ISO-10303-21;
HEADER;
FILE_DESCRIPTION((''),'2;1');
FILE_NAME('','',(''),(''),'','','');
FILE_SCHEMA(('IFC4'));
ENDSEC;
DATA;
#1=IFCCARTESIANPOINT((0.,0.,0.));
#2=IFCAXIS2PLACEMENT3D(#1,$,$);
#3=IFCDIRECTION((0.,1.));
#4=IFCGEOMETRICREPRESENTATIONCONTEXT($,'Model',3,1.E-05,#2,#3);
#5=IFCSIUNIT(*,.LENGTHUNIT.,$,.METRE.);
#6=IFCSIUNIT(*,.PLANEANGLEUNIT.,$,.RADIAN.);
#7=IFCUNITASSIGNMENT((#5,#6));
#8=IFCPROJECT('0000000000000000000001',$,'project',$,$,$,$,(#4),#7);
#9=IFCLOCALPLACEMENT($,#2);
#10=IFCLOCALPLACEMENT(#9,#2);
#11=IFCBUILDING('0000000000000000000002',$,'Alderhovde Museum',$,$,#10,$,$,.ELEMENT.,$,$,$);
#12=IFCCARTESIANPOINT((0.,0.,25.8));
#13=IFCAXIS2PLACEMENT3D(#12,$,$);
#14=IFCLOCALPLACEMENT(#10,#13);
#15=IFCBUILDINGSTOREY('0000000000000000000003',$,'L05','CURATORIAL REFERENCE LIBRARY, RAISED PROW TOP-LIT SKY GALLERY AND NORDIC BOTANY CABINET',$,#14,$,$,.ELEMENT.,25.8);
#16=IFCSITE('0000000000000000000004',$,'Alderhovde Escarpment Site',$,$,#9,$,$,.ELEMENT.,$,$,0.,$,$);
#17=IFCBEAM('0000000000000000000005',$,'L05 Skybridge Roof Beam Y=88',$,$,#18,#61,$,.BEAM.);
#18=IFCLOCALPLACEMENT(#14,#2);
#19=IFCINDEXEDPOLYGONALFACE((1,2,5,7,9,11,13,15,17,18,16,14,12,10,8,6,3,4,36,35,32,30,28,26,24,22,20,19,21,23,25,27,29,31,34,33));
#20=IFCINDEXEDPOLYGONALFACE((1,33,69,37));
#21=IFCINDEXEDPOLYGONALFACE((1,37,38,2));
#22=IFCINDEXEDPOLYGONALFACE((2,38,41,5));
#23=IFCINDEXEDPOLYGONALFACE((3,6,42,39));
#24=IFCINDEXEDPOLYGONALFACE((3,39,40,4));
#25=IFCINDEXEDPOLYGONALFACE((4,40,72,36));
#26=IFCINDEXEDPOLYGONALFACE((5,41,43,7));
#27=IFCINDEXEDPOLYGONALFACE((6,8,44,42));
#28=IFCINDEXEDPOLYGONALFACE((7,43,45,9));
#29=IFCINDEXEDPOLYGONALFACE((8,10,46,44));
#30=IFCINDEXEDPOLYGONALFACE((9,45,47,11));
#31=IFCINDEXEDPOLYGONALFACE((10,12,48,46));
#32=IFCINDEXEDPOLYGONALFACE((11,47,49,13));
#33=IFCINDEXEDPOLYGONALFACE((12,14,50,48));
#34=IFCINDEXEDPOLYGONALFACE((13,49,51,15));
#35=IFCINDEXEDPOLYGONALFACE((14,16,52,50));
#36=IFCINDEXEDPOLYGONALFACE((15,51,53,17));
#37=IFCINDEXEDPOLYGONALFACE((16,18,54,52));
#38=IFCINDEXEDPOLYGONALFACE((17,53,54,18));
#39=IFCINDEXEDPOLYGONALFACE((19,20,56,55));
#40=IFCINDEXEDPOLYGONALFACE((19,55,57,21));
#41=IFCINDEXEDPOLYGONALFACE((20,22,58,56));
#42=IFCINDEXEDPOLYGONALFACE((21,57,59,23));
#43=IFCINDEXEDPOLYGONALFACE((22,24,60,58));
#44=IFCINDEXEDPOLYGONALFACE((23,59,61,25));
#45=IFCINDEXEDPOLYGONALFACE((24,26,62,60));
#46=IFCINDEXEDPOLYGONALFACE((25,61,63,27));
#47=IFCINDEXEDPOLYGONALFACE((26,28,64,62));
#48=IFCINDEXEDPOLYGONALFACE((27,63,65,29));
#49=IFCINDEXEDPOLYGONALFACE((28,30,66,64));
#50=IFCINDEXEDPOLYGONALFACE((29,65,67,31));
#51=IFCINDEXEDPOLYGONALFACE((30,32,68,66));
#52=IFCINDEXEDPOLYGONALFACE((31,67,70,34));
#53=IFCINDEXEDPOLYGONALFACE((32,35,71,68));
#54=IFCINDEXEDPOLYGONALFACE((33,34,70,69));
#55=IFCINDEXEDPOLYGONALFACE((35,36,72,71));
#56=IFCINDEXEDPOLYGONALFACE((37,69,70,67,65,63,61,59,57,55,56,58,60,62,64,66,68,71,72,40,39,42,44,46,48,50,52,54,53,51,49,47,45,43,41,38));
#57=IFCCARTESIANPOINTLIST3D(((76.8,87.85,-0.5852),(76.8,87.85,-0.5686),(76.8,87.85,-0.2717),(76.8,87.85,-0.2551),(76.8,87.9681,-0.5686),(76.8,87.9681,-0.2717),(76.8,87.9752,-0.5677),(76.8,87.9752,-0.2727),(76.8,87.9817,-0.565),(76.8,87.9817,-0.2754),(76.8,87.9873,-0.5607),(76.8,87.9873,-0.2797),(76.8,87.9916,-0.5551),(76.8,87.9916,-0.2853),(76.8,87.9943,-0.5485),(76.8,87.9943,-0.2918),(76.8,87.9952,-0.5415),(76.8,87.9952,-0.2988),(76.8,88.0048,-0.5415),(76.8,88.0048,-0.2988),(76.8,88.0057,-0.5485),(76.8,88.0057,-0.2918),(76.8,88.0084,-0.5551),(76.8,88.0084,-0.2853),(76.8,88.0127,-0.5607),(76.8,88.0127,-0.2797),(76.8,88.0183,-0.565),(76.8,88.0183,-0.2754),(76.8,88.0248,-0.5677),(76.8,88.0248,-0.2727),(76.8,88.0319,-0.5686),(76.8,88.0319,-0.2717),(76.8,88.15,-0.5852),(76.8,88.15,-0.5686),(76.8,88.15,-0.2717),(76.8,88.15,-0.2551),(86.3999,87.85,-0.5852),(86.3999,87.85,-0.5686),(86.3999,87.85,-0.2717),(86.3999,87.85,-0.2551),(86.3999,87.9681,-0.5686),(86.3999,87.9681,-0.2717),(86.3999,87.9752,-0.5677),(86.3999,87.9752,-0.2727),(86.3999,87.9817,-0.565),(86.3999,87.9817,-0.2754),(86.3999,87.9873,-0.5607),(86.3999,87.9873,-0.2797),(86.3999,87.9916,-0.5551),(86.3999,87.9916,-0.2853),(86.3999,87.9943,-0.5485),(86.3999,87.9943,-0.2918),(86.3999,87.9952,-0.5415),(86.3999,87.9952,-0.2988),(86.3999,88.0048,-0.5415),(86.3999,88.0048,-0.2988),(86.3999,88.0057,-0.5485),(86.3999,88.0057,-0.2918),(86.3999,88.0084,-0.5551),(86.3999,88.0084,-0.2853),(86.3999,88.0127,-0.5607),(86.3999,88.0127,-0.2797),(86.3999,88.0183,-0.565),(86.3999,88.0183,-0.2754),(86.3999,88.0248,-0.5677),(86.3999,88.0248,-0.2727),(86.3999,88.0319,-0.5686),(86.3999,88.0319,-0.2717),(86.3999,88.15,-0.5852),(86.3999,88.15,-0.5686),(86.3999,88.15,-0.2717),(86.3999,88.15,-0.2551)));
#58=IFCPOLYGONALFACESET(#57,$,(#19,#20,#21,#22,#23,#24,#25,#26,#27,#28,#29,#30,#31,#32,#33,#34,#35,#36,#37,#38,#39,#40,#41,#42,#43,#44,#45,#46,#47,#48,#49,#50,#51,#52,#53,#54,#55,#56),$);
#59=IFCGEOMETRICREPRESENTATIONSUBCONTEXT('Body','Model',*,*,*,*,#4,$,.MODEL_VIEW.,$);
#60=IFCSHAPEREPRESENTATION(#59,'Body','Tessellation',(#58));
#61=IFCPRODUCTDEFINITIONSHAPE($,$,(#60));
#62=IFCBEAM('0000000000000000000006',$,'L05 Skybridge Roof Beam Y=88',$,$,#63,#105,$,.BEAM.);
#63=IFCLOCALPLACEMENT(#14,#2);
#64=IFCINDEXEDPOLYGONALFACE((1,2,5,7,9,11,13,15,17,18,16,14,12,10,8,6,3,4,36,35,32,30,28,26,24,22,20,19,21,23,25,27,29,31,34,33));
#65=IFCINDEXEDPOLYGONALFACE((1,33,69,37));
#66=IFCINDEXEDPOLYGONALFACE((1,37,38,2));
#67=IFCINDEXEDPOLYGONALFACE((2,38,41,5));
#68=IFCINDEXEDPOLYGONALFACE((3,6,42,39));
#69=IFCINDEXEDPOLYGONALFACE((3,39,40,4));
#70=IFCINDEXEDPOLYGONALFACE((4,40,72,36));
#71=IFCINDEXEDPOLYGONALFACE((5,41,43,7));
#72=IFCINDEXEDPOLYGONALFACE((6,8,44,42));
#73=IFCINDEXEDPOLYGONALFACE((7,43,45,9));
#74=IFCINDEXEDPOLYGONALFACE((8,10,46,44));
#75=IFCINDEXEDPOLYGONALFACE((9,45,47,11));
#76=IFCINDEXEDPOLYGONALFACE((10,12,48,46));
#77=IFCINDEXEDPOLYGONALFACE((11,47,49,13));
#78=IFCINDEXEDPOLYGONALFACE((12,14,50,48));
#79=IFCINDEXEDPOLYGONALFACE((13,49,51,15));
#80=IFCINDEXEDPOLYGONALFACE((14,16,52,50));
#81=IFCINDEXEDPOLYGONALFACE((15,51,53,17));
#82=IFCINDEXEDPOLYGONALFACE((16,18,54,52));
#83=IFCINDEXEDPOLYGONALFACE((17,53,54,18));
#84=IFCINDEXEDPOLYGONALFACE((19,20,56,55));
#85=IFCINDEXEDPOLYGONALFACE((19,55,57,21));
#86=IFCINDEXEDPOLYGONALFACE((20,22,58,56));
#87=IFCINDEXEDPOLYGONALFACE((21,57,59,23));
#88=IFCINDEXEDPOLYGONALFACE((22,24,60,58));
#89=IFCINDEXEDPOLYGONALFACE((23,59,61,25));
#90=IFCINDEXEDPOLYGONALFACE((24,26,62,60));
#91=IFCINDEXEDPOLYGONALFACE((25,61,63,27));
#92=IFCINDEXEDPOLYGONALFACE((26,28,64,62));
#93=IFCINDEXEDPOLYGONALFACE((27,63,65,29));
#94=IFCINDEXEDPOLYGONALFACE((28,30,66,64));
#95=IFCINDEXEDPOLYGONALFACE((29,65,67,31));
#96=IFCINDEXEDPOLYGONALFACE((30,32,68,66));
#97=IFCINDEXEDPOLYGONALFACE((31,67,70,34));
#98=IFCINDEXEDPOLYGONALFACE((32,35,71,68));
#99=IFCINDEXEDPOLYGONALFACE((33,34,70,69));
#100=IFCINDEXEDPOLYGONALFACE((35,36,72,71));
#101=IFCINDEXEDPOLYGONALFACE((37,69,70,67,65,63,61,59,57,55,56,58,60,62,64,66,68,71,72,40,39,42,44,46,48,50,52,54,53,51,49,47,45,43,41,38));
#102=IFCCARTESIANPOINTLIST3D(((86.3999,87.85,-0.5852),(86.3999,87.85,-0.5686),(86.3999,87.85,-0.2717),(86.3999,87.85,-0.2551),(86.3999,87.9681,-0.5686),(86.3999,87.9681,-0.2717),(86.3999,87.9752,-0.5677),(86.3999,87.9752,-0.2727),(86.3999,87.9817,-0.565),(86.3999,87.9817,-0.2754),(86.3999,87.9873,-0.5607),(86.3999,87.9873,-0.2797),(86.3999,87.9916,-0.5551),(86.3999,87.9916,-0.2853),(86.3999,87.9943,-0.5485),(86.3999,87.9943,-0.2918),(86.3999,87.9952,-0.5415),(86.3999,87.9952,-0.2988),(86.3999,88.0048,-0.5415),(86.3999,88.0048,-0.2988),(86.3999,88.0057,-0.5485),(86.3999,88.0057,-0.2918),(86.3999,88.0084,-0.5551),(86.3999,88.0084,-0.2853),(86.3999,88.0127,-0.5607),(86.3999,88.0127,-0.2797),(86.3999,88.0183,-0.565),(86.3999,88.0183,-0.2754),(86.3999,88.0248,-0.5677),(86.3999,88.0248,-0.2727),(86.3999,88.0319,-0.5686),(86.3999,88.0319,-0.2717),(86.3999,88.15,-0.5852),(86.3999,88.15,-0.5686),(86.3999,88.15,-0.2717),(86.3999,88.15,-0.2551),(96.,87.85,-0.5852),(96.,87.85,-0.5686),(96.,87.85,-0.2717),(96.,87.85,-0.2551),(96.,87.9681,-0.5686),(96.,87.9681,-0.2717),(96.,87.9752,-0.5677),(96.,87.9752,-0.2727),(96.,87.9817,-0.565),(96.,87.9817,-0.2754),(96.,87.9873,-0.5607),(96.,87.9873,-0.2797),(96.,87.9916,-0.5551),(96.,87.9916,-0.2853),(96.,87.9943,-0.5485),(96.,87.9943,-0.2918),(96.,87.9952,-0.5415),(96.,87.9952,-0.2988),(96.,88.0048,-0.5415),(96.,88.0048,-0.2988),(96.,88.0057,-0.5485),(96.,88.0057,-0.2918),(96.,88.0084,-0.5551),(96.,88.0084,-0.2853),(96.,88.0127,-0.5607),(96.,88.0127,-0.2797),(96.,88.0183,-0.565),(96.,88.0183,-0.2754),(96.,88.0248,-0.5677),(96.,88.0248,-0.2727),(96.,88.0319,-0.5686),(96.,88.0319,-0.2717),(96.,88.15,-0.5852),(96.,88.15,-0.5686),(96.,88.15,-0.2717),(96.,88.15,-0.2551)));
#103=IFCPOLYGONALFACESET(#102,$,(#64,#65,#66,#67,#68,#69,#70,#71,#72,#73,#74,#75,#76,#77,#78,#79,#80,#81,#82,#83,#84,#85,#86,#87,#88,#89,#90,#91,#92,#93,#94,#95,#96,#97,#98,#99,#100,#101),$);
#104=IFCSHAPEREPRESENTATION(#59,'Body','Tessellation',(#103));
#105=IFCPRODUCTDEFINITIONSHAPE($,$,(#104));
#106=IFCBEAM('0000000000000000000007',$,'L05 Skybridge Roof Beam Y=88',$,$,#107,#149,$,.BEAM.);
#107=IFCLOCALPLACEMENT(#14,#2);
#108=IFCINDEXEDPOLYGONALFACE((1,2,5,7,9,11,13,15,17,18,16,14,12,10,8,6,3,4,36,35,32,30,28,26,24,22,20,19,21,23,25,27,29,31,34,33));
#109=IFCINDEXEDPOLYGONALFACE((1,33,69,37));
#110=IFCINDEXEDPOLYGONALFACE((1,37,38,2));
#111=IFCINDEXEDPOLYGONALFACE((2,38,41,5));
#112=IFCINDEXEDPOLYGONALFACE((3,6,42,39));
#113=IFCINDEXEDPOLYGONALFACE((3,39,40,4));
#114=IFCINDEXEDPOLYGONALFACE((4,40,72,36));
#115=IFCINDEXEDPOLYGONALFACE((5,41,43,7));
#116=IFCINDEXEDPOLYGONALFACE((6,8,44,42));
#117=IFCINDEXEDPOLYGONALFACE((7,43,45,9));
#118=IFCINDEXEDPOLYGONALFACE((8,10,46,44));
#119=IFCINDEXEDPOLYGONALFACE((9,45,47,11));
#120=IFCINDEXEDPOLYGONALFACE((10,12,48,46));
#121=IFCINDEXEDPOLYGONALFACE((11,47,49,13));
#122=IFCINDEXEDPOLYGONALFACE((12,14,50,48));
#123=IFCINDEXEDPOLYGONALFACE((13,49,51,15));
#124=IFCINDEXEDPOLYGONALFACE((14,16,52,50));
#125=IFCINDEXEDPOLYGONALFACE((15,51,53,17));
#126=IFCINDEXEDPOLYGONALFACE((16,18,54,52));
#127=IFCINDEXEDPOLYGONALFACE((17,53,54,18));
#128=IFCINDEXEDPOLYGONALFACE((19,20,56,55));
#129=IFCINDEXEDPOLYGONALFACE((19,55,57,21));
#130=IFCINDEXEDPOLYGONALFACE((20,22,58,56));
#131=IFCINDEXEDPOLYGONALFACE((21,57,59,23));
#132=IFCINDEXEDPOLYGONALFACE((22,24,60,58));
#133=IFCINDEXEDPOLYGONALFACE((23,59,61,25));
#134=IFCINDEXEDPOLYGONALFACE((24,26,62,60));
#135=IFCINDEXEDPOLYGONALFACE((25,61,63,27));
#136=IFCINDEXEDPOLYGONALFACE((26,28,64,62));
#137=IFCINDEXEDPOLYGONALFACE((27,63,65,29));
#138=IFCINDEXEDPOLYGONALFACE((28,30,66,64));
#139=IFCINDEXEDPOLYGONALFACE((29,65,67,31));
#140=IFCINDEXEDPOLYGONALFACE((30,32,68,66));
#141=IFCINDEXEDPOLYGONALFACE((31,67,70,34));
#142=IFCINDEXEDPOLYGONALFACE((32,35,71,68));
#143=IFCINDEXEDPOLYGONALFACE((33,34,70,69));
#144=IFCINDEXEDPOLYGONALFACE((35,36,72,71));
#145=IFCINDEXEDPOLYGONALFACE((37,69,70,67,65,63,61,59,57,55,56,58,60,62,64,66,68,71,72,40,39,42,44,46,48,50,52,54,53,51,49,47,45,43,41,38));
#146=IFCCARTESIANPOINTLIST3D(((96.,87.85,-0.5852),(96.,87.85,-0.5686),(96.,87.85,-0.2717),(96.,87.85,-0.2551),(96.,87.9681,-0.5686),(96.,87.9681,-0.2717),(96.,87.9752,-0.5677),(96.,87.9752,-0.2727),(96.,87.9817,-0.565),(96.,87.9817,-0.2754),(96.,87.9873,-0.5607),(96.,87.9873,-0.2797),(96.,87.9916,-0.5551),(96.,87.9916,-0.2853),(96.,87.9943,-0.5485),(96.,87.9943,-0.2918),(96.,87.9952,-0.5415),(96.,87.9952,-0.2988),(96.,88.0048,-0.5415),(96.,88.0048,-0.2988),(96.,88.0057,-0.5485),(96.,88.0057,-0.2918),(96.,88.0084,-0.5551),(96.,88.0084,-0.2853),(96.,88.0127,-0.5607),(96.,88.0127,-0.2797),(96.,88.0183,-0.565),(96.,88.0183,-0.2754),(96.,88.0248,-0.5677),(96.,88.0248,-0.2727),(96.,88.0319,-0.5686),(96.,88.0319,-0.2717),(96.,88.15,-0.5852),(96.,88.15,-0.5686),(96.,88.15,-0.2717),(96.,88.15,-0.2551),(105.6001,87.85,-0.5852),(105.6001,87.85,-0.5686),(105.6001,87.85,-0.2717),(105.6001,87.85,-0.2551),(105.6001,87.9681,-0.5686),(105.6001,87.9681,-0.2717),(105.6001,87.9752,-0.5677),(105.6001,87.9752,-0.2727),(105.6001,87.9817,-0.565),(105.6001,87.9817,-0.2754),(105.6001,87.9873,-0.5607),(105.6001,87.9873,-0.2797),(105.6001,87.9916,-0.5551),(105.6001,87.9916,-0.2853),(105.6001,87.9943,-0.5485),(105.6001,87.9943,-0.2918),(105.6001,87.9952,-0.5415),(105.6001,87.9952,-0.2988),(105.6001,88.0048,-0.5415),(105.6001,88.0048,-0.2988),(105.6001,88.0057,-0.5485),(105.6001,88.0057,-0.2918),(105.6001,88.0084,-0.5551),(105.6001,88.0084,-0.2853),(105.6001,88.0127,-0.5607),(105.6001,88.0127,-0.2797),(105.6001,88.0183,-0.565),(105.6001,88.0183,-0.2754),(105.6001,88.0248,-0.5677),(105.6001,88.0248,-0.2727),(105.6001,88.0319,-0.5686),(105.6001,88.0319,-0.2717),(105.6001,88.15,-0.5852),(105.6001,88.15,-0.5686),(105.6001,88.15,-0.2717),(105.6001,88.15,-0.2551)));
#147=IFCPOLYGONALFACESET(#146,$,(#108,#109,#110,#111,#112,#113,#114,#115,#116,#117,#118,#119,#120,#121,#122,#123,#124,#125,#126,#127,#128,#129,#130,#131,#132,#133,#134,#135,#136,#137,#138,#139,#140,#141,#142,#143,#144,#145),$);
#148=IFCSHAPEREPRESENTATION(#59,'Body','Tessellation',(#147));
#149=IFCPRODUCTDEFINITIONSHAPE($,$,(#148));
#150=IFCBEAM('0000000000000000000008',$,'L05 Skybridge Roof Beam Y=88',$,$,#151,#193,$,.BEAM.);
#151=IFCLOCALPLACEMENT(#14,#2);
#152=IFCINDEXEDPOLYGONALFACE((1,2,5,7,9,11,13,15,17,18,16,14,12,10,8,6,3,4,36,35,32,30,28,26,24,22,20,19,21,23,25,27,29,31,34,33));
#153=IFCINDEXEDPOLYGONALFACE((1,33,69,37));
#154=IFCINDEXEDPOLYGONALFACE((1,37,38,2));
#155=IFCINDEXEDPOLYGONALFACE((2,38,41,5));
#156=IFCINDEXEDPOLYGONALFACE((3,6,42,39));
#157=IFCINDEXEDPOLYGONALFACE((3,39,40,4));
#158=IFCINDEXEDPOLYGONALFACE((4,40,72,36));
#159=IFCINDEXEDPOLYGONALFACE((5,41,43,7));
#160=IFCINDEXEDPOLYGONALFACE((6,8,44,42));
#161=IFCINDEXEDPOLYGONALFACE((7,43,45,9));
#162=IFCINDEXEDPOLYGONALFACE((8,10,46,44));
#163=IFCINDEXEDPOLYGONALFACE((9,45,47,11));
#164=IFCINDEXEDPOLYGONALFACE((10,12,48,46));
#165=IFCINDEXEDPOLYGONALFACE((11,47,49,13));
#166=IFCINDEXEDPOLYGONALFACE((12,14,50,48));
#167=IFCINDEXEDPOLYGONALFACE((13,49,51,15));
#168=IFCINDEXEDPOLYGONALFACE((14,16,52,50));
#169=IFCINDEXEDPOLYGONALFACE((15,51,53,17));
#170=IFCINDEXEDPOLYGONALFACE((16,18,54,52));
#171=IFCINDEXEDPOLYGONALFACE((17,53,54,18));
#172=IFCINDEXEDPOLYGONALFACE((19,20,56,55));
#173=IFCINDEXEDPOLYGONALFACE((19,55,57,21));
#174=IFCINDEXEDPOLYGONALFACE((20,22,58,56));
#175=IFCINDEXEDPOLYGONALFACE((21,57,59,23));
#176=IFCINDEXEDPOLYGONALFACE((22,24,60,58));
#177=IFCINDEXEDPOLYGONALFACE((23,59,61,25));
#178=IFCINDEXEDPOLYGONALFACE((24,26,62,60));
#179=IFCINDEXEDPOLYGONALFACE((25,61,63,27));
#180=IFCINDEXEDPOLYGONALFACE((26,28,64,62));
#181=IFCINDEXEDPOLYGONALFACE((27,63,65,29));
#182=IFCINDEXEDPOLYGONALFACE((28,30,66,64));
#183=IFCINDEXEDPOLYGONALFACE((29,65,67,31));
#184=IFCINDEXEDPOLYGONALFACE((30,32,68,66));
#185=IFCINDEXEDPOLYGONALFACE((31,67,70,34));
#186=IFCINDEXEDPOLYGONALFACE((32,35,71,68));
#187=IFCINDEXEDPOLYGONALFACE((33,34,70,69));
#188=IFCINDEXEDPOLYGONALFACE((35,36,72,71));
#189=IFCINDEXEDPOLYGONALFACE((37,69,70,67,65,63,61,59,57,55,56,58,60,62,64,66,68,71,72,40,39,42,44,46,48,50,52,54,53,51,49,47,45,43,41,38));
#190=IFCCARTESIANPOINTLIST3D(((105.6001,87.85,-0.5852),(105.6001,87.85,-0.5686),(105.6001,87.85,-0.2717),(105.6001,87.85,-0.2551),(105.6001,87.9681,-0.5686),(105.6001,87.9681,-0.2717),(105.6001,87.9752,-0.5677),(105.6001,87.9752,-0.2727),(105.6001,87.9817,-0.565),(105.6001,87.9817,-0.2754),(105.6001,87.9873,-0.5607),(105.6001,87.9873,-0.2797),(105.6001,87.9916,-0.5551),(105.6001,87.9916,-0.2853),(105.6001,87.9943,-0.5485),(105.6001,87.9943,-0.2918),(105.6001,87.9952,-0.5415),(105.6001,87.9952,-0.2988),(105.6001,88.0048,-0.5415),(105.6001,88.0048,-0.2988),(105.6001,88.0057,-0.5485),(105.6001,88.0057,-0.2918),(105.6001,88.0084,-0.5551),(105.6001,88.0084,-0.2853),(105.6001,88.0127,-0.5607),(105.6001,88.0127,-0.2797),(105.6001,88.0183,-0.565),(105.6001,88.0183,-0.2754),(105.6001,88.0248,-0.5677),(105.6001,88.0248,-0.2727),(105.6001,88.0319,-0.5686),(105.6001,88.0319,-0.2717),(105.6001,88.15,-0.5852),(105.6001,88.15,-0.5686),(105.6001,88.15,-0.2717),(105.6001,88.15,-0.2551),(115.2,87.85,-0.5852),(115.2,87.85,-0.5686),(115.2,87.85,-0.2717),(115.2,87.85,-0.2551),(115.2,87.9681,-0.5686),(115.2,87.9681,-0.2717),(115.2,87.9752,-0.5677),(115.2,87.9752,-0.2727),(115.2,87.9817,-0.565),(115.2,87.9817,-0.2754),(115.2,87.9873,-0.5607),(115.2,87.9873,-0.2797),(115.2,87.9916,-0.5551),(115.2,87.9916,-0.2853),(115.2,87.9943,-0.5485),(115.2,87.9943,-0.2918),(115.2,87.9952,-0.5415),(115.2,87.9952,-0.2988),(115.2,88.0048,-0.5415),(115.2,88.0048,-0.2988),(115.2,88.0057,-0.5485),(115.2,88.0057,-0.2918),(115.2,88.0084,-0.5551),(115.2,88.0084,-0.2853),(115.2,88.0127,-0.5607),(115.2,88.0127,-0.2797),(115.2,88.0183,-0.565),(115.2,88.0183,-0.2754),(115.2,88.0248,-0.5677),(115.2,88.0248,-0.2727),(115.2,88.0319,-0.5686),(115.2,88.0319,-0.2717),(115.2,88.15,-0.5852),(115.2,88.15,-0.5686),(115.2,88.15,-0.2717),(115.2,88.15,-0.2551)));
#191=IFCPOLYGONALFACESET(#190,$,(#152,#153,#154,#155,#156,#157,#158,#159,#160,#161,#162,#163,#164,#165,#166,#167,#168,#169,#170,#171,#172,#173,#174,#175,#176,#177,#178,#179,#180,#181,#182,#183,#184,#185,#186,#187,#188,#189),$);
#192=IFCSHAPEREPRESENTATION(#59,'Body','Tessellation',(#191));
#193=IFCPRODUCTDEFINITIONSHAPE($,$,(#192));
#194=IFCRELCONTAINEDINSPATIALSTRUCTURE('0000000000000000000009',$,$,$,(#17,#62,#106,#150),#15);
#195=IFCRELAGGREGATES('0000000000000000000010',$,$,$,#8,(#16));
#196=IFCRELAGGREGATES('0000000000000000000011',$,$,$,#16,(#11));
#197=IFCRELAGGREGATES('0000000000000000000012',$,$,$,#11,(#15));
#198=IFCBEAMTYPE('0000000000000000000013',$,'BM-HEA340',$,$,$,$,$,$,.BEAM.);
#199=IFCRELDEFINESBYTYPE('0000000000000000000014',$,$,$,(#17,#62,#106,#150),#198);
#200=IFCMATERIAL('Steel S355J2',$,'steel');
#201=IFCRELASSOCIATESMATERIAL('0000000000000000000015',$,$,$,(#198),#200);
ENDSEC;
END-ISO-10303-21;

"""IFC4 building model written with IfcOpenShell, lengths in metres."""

from ifc_helpers import new_model, si_unit, direction, frame, origin, origin_2d, place, context, subcontext, project, spatial, i_section, extrude, material, material_profile, profile_set, type_object, element, save


model = new_model("IFC4")

# Units and contexts
model_context = context("Model", 3, precision=1e-05, world=origin(), true_north=direction((0.0, 1.0)))
body_context = subcontext(model_context, "Body", "Model", "MODEL_VIEW")
ifc_project = project(units=[si_unit("LENGTHUNIT", "METRE"), si_unit("PLANEANGLEUNIT", "RADIAN")], contexts=[model_context])

# Site, building, storey
site_placement = place(None, origin())
site = spatial("IfcSite", under=ifc_project, at=site_placement, Name="Alderhovde Escarpment Site", CompositionType="ELEMENT", RefElevation=0.0)
building_placement = place(site_placement, origin())
building = spatial("IfcBuilding", under=site, at=building_placement, Name="Alderhovde Museum", CompositionType="ELEMENT")
storey_placement = place(building_placement, frame((0.0, 0.0, 25.8)))
storey = spatial("IfcBuildingStorey", under=building, at=storey_placement, Name="L05", Description="CURATORIAL REFERENCE LIBRARY, RAISED PROW TOP-LIT SKY GALLERY AND NORDIC BOTANY CABINET", CompositionType="ELEMENT", Elevation=25.8)

# Beams
ifc_material_1 = material(Name="Steel S355J2", Category="steel")
ifc_material_profile = material_profile(ifc_material_1, i_section(OverallWidth=0.3, OverallDepth=0.3301, WebThickness=0.0095, FlangeThickness=0.0166, FilletRadius=0.0271, at=origin_2d()), Name="HEA 340")
ifc_profile_set = profile_set([ifc_material_profile], Name="Steel S355J2")
beam_type = type_object("IfcBeamType", Name="BM-HEA340", PredefinedType="BEAM", material=ifc_profile_set)
beam_1_placement = place(storey_placement, frame((76.8, 88.0, -0.4202), z_axis=(1.0, 0.0, 0.0), x_axis=(0.0, 1.0, 0.0)))
element("IfcBeam", 1, at=beam_1_placement, inside=storey, type_object=beam_type, Name="L05 Skybridge Roof Beam Y=88", PredefinedType="BEAM", context=body_context, shape_type="SweptSolid", body=[
    extrude(i_section(OverallWidth=0.3, OverallDepth=0.3301, WebThickness=0.0095, FlangeThickness=0.0166, FilletRadius=0.0271, at=origin_2d()), origin(), (0.0, 0.0, 1.0), 9.5999),
])
for number, where, z_axis, x_axis, name in (
    (2, (86.3999, 88.0, -0.4202), (1.0, 0.0, 0.0), (0.0, 1.0, 0.0), "L05 Skybridge Roof Beam Y=88"),
    (3, (96.0, 88.0, -0.4202), (1.0, 0.0, 0.0), (0.0, 1.0, 0.0), "L05 Skybridge Roof Beam Y=88"),
):
    element("IfcBeam", number, at=place(storey_placement, frame(where, z_axis=z_axis, x_axis=x_axis)), inside=storey, type_object=beam_type, Name=name, PredefinedType="BEAM", context=body_context, shape_type="SweptSolid", body=[
        extrude(i_section(OverallWidth=0.3, OverallDepth=0.3301, WebThickness=0.0095, FlangeThickness=0.0166, FilletRadius=0.0271, at=origin_2d()), origin(), (0.0, 0.0, 1.0), 9.6001),
    ])
beam_2_placement = place(storey_placement, frame((105.6001, 88.0, -0.4202), z_axis=(1.0, 0.0, 0.0), x_axis=(0.0, 1.0, 0.0)))
element("IfcBeam", 4, at=beam_2_placement, inside=storey, type_object=beam_type, Name="L05 Skybridge Roof Beam Y=88", PredefinedType="BEAM", context=body_context, shape_type="SweptSolid", body=[
    extrude(i_section(OverallWidth=0.3, OverallDepth=0.3301, WebThickness=0.0095, FlangeThickness=0.0166, FilletRadius=0.0271, at=origin_2d()), origin(), (0.0, 0.0, 1.0), 9.5999),
])

save(model, "model.ifc")
